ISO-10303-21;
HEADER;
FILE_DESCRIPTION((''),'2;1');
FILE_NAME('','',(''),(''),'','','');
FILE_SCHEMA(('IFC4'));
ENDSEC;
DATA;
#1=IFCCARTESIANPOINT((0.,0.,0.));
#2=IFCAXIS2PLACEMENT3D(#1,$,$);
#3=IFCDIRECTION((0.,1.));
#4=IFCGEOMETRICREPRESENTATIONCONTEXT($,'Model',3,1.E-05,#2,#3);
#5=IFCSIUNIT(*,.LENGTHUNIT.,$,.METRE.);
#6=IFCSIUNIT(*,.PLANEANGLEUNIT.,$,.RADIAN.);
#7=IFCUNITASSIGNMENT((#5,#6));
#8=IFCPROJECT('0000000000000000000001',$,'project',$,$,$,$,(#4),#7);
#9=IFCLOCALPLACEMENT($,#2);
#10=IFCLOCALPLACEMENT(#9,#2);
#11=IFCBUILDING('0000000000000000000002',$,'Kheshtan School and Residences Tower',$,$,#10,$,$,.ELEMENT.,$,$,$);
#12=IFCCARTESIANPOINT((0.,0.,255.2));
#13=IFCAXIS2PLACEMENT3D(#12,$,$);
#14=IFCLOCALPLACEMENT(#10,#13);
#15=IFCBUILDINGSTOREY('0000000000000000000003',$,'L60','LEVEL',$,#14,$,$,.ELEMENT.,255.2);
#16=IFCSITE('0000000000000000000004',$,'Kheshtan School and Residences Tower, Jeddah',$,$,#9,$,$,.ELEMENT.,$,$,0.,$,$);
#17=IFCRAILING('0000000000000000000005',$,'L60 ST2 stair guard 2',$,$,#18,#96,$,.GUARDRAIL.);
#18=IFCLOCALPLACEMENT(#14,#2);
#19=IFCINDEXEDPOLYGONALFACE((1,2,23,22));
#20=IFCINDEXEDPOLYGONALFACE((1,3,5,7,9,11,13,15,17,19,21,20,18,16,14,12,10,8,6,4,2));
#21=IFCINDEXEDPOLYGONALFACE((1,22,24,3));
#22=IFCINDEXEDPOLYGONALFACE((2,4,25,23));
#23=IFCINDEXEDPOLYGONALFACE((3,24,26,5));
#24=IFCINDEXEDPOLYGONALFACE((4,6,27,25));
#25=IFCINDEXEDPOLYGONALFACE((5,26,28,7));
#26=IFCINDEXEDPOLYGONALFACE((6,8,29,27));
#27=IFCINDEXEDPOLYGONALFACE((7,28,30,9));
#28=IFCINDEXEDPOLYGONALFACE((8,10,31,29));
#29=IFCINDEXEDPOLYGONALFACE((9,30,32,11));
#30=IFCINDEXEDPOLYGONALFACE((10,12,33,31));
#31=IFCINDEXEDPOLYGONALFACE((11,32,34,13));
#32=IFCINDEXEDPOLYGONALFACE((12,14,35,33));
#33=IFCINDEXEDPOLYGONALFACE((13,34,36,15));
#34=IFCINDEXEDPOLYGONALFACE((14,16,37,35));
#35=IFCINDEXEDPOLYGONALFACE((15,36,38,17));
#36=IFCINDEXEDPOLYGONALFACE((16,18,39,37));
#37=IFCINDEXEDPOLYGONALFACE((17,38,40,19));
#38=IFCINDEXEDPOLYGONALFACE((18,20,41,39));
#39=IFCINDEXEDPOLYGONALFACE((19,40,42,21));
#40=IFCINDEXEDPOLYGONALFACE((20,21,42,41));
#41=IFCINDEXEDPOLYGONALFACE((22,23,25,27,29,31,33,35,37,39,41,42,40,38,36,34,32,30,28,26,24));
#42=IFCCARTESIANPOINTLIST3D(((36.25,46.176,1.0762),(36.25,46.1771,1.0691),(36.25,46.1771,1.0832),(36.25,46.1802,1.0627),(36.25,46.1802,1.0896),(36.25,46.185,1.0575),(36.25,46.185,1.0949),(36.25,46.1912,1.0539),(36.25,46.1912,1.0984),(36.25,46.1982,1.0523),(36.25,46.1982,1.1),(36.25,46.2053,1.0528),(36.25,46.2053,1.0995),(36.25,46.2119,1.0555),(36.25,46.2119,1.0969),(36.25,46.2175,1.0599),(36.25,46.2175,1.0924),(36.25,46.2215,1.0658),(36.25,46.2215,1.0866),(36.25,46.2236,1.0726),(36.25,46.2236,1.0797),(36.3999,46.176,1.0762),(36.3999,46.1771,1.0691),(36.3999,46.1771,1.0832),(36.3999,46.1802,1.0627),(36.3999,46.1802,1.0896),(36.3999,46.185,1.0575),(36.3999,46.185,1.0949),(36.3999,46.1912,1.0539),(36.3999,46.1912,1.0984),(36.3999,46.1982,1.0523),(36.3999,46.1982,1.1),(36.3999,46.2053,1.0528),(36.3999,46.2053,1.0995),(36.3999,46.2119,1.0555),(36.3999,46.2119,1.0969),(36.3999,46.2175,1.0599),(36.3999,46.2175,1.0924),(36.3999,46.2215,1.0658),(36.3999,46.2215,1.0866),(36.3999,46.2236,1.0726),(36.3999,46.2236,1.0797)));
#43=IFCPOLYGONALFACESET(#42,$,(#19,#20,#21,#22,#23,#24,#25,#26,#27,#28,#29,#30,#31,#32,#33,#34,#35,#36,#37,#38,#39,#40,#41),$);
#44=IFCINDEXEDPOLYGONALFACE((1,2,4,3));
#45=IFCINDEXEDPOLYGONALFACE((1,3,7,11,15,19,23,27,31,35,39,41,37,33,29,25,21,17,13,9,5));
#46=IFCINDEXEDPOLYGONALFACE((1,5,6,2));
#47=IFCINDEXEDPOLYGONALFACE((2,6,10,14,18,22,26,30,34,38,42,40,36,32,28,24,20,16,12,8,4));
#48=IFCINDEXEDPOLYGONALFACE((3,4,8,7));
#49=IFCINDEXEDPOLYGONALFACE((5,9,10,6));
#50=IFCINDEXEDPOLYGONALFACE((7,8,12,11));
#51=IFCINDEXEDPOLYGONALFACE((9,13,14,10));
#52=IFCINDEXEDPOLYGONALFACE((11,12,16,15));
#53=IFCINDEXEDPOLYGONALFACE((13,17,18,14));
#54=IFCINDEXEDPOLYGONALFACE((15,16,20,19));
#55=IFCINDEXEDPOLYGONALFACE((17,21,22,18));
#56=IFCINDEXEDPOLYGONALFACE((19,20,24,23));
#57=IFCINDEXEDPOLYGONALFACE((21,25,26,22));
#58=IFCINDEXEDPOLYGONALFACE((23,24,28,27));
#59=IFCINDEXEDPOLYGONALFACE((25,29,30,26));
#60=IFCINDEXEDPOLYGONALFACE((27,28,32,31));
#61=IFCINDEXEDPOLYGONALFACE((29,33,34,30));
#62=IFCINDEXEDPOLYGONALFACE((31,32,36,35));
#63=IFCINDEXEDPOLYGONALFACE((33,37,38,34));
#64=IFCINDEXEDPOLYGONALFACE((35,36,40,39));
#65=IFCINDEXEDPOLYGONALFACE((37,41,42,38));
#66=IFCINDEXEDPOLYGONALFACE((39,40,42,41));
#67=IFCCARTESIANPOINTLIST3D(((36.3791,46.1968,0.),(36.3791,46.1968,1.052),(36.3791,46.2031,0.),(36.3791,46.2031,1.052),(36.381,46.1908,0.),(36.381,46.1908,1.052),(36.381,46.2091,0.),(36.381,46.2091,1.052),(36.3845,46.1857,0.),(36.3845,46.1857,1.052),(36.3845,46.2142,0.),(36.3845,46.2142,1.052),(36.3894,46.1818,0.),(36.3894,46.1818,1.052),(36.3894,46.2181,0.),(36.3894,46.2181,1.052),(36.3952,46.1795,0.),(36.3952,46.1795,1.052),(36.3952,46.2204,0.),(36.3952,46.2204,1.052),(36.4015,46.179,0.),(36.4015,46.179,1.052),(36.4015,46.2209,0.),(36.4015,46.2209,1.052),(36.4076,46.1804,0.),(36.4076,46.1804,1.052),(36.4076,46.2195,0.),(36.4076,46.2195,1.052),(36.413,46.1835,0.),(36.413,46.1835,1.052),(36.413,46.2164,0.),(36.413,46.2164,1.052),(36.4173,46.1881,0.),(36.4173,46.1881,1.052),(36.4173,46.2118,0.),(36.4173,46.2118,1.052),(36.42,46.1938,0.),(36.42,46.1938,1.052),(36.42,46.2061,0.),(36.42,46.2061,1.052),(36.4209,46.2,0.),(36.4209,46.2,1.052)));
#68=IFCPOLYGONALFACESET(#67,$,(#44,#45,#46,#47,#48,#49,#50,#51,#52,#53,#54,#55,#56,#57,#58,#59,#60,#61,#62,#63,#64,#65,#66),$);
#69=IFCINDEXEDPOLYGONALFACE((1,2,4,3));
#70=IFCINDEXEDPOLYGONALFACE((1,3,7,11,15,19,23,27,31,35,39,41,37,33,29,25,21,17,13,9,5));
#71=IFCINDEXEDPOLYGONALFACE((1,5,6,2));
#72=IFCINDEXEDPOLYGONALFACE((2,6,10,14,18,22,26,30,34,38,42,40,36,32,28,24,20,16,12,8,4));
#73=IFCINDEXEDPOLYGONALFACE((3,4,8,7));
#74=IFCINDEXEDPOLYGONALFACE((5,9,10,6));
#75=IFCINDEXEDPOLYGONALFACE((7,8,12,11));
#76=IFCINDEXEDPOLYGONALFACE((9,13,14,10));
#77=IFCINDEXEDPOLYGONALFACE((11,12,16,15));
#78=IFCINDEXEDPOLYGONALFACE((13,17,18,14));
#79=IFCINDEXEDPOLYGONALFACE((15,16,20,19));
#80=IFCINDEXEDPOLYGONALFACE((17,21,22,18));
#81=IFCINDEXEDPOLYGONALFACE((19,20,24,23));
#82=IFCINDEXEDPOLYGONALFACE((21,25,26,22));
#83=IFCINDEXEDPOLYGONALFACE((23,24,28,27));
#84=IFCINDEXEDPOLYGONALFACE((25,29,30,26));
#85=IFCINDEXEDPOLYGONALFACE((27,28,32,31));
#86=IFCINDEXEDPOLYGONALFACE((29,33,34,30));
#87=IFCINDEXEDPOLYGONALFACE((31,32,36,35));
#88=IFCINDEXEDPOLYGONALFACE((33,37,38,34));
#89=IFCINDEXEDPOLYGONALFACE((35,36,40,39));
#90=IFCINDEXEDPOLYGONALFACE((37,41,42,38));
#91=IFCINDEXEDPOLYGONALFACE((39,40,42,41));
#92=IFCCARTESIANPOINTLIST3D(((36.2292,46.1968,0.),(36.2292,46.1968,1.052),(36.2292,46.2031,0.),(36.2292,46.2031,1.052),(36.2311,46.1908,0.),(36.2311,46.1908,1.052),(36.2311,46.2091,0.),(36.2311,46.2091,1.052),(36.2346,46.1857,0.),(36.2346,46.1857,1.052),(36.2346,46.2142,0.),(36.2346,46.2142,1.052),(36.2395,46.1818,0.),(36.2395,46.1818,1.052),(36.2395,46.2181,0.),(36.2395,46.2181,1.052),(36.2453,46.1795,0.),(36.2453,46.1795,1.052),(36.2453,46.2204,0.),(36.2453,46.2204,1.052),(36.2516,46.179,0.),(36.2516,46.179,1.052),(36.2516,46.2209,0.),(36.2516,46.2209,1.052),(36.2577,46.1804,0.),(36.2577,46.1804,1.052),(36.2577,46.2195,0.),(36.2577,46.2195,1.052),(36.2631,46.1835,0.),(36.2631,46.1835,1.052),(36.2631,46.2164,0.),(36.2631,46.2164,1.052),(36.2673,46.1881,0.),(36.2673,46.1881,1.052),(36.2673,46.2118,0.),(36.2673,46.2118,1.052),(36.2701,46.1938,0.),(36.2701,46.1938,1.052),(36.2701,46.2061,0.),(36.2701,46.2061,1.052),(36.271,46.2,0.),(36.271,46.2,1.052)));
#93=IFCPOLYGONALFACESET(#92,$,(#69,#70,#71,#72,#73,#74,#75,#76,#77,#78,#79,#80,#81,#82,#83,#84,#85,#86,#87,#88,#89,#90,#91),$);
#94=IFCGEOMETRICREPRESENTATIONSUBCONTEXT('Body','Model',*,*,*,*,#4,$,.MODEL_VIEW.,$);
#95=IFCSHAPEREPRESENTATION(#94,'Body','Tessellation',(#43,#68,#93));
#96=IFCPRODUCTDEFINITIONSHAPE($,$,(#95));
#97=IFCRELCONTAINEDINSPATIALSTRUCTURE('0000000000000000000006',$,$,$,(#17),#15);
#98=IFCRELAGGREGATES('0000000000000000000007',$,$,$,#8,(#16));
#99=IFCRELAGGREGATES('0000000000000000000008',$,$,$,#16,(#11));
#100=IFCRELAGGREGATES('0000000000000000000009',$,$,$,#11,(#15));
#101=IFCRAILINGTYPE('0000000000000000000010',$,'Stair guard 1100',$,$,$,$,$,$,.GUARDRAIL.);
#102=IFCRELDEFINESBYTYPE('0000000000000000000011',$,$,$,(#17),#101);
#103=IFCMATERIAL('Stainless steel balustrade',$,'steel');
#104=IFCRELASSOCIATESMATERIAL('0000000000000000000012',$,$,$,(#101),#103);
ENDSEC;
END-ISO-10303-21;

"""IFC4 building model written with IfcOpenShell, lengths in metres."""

from ifc_helpers import new_model, si_unit, direction, frame, origin, origin_2d, place, context, subcontext, project, spatial, circle, extrude, material, type_object, element, save


model = new_model("IFC4")

# Units and contexts
model_context = context("Model", 3, precision=1e-05, world=origin(), true_north=direction((0.0, 1.0)))
body_context = subcontext(model_context, "Body", "Model", "MODEL_VIEW")
ifc_project = project(units=[si_unit("LENGTHUNIT", "METRE"), si_unit("PLANEANGLEUNIT", "RADIAN")], contexts=[model_context])

# Site, building, storey
site_placement = place(None, origin())
site = spatial("IfcSite", under=ifc_project, at=site_placement, Name="Kheshtan School and Residences Tower, Jeddah", CompositionType="ELEMENT", RefElevation=0.0)
building_placement = place(site_placement, origin())
building = spatial("IfcBuilding", under=site, at=building_placement, Name="Kheshtan School and Residences Tower", CompositionType="ELEMENT")
storey_placement = place(building_placement, frame((0.0, 0.0, 255.2)))
storey = spatial("IfcBuildingStorey", under=building, at=storey_placement, Name="L60", Description="LEVEL", CompositionType="ELEMENT", Elevation=255.2)

# Railing
ifc_material_1 = material(Name="Stainless steel balustrade", Category="steel")
railing_type_1 = type_object("IfcRailingType", Name="Stair guard 1100", PredefinedType="GUARDRAIL", material=ifc_material_1)
railing_1_placement = place(storey_placement, frame((36.3999, 46.2, 0.0)))
element("IfcRailing", 1, at=railing_1_placement, inside=storey, type_object=railing_type_1, Name="L60 ST2 stair guard 2", PredefinedType="GUARDRAIL", context=body_context, shape_type="SweptSolid", body=[
    extrude(circle(Radius=0.0239, at=origin_2d()), frame((0.0, 0.0, 1.0762), z_axis=(-1.0, 0.0, 0.0), x_axis=(0.0, -1.0, 0.0)), (0.0, 0.0, 1.0), 0.1499),
    extrude(circle(Radius=0.021, at=origin_2d()), origin(), (0.0, 0.0, 1.0), 1.052),
    extrude(circle(Radius=0.021, at=origin_2d()), frame((-0.1499, 0.0, 0.0)), (0.0, 0.0, 1.0), 1.052),
])

save(model, "model.ifc")
